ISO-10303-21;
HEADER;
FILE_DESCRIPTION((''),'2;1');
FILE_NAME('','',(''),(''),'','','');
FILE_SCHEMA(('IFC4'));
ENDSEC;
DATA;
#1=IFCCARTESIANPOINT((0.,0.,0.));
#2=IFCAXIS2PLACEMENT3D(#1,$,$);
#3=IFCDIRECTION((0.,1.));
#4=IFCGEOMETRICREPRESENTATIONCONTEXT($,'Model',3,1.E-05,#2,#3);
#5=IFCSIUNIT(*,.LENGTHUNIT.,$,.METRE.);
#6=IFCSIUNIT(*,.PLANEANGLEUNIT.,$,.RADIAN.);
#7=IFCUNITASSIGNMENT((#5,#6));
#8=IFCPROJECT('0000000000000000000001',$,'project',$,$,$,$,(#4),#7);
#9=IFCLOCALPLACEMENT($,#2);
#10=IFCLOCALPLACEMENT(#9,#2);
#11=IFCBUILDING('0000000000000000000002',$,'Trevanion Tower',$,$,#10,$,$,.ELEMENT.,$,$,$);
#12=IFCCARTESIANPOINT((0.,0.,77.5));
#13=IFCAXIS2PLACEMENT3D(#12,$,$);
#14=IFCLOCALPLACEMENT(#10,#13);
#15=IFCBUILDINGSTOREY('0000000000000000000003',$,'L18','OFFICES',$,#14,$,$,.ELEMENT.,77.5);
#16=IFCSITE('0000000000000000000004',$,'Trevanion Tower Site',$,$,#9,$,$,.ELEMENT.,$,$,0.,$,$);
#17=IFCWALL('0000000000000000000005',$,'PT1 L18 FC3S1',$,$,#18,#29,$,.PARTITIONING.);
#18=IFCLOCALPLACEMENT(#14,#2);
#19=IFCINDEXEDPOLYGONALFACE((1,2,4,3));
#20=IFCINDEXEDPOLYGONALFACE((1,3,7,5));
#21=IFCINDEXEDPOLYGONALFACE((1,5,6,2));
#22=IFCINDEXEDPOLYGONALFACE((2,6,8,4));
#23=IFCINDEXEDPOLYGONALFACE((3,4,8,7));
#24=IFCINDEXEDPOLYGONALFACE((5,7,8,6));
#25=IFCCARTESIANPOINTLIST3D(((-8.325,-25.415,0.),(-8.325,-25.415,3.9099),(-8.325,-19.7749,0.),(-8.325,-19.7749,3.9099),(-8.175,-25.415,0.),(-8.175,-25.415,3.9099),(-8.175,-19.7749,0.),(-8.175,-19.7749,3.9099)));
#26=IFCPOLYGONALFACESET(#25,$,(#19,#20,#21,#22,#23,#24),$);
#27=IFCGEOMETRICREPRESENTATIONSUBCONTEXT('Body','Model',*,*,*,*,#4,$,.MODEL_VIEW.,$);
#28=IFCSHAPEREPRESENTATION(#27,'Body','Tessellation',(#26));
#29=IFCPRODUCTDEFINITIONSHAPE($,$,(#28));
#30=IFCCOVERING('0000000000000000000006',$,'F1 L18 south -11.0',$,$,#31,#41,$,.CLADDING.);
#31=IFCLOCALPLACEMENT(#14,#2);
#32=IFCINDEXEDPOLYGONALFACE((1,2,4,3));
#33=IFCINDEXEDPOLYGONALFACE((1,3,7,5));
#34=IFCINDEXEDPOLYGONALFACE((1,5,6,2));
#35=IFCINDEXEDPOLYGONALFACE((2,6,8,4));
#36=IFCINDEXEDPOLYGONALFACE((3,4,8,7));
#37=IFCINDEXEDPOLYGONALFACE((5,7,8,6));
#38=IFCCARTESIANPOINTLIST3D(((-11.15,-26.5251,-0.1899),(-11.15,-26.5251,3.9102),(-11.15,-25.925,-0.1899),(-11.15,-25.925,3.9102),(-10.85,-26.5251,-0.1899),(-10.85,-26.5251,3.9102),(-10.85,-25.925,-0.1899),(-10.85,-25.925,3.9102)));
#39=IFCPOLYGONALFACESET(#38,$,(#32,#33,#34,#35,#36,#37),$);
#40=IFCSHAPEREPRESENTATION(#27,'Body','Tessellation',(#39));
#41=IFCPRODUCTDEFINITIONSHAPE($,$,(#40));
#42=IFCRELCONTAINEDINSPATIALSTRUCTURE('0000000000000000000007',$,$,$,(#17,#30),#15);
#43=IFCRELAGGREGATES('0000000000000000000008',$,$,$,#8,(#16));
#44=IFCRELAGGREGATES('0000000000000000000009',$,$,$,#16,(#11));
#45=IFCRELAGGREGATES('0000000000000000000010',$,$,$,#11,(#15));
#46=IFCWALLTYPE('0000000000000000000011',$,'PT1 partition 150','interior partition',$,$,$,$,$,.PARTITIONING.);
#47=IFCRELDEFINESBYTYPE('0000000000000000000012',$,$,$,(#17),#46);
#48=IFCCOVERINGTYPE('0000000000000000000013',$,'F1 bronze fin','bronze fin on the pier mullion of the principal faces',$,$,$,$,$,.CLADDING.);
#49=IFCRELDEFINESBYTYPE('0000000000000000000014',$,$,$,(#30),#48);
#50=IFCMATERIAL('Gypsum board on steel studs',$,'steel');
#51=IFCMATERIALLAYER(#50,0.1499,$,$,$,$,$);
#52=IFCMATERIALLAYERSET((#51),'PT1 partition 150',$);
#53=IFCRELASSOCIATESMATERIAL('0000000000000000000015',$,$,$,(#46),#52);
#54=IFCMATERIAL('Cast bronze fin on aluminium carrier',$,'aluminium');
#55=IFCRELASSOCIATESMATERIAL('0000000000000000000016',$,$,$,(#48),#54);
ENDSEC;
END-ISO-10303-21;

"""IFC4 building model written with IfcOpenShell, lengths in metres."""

from ifc_helpers import new_model, si_unit, direction, frame, frame_2d, origin, origin_2d, place, context, subcontext, project, spatial, rectangle, extrude, material, layer, layer_set, type_object, element, save


model = new_model("IFC4")

# Units and contexts
model_context = context("Model", 3, precision=1e-05, world=origin(), true_north=direction((0.0, 1.0)))
body_context = subcontext(model_context, "Body", "Model", "MODEL_VIEW")
ifc_project = project(units=[si_unit("LENGTHUNIT", "METRE"), si_unit("PLANEANGLEUNIT", "RADIAN")], contexts=[model_context])

# Site, building, storey
site_placement = place(None, origin())
site = spatial("IfcSite", under=ifc_project, at=site_placement, Name="Trevanion Tower Site", CompositionType="ELEMENT", RefElevation=0.0)
building_placement = place(site_placement, origin())
building = spatial("IfcBuilding", under=site, at=building_placement, Name="Trevanion Tower", CompositionType="ELEMENT")
storey_placement = place(building_placement, frame((0.0, 0.0, 77.5)))
storey = spatial("IfcBuildingStorey", under=building, at=storey_placement, Name="L18", Description="OFFICES", CompositionType="ELEMENT", Elevation=77.5)

# Shared definitions
ifc_material_1 = material(Name="Gypsum board on steel studs", Category="steel")
ifc_layer_1 = layer(ifc_material_1, 0.1499)
ifc_layer_set_1 = layer_set([ifc_layer_1], Name="PT1 partition 150")
wall_type = type_object("IfcWallType", Name="PT1 partition 150", Description="interior partition", PredefinedType="PARTITIONING", material=ifc_layer_set_1)

# Wall
wall_1_placement = place(storey_placement, frame((-8.25, -19.7749, 0.0), z_axis=(0.0, 0.0, 1.0), x_axis=(0.0, -1.0, 0.0)))
element("IfcWall", 1, at=wall_1_placement, inside=storey, type_object=wall_type, Name="PT1 L18 FC3S1", PredefinedType="PARTITIONING", context=body_context, shape_type="SweptSolid", body=[
    extrude(rectangle(XDim=5.6401, YDim=0.1499, at=frame_2d((2.8201, 0.0))), origin(), (0.0, 0.0, 1.0), 3.9099),
])

# Covering
ifc_material_2 = material(Name="Cast bronze fin on aluminium carrier", Category="aluminium")
covering_type = type_object("IfcCoveringType", Name="F1 bronze fin", Description="bronze fin on the pier mullion of the principal faces", PredefinedType="CLADDING", material=ifc_material_2)
covering_placement = place(storey_placement, frame((-11.0, -26.2251, -0.1899), z_axis=(0.0, 0.0, 1.0), x_axis=(1.0, 0.0, 0.0)))
element("IfcCovering", 2, at=covering_placement, inside=storey, type_object=covering_type, Name="F1 L18 south -11.0", PredefinedType="CLADDING", context=body_context, shape_type="SweptSolid", body=[
    extrude(rectangle(XDim=0.3, YDim=0.6001, at=origin_2d()), origin(), (0.0, 0.0, 1.0), 4.1001),
])

save(model, "model.ifc")
